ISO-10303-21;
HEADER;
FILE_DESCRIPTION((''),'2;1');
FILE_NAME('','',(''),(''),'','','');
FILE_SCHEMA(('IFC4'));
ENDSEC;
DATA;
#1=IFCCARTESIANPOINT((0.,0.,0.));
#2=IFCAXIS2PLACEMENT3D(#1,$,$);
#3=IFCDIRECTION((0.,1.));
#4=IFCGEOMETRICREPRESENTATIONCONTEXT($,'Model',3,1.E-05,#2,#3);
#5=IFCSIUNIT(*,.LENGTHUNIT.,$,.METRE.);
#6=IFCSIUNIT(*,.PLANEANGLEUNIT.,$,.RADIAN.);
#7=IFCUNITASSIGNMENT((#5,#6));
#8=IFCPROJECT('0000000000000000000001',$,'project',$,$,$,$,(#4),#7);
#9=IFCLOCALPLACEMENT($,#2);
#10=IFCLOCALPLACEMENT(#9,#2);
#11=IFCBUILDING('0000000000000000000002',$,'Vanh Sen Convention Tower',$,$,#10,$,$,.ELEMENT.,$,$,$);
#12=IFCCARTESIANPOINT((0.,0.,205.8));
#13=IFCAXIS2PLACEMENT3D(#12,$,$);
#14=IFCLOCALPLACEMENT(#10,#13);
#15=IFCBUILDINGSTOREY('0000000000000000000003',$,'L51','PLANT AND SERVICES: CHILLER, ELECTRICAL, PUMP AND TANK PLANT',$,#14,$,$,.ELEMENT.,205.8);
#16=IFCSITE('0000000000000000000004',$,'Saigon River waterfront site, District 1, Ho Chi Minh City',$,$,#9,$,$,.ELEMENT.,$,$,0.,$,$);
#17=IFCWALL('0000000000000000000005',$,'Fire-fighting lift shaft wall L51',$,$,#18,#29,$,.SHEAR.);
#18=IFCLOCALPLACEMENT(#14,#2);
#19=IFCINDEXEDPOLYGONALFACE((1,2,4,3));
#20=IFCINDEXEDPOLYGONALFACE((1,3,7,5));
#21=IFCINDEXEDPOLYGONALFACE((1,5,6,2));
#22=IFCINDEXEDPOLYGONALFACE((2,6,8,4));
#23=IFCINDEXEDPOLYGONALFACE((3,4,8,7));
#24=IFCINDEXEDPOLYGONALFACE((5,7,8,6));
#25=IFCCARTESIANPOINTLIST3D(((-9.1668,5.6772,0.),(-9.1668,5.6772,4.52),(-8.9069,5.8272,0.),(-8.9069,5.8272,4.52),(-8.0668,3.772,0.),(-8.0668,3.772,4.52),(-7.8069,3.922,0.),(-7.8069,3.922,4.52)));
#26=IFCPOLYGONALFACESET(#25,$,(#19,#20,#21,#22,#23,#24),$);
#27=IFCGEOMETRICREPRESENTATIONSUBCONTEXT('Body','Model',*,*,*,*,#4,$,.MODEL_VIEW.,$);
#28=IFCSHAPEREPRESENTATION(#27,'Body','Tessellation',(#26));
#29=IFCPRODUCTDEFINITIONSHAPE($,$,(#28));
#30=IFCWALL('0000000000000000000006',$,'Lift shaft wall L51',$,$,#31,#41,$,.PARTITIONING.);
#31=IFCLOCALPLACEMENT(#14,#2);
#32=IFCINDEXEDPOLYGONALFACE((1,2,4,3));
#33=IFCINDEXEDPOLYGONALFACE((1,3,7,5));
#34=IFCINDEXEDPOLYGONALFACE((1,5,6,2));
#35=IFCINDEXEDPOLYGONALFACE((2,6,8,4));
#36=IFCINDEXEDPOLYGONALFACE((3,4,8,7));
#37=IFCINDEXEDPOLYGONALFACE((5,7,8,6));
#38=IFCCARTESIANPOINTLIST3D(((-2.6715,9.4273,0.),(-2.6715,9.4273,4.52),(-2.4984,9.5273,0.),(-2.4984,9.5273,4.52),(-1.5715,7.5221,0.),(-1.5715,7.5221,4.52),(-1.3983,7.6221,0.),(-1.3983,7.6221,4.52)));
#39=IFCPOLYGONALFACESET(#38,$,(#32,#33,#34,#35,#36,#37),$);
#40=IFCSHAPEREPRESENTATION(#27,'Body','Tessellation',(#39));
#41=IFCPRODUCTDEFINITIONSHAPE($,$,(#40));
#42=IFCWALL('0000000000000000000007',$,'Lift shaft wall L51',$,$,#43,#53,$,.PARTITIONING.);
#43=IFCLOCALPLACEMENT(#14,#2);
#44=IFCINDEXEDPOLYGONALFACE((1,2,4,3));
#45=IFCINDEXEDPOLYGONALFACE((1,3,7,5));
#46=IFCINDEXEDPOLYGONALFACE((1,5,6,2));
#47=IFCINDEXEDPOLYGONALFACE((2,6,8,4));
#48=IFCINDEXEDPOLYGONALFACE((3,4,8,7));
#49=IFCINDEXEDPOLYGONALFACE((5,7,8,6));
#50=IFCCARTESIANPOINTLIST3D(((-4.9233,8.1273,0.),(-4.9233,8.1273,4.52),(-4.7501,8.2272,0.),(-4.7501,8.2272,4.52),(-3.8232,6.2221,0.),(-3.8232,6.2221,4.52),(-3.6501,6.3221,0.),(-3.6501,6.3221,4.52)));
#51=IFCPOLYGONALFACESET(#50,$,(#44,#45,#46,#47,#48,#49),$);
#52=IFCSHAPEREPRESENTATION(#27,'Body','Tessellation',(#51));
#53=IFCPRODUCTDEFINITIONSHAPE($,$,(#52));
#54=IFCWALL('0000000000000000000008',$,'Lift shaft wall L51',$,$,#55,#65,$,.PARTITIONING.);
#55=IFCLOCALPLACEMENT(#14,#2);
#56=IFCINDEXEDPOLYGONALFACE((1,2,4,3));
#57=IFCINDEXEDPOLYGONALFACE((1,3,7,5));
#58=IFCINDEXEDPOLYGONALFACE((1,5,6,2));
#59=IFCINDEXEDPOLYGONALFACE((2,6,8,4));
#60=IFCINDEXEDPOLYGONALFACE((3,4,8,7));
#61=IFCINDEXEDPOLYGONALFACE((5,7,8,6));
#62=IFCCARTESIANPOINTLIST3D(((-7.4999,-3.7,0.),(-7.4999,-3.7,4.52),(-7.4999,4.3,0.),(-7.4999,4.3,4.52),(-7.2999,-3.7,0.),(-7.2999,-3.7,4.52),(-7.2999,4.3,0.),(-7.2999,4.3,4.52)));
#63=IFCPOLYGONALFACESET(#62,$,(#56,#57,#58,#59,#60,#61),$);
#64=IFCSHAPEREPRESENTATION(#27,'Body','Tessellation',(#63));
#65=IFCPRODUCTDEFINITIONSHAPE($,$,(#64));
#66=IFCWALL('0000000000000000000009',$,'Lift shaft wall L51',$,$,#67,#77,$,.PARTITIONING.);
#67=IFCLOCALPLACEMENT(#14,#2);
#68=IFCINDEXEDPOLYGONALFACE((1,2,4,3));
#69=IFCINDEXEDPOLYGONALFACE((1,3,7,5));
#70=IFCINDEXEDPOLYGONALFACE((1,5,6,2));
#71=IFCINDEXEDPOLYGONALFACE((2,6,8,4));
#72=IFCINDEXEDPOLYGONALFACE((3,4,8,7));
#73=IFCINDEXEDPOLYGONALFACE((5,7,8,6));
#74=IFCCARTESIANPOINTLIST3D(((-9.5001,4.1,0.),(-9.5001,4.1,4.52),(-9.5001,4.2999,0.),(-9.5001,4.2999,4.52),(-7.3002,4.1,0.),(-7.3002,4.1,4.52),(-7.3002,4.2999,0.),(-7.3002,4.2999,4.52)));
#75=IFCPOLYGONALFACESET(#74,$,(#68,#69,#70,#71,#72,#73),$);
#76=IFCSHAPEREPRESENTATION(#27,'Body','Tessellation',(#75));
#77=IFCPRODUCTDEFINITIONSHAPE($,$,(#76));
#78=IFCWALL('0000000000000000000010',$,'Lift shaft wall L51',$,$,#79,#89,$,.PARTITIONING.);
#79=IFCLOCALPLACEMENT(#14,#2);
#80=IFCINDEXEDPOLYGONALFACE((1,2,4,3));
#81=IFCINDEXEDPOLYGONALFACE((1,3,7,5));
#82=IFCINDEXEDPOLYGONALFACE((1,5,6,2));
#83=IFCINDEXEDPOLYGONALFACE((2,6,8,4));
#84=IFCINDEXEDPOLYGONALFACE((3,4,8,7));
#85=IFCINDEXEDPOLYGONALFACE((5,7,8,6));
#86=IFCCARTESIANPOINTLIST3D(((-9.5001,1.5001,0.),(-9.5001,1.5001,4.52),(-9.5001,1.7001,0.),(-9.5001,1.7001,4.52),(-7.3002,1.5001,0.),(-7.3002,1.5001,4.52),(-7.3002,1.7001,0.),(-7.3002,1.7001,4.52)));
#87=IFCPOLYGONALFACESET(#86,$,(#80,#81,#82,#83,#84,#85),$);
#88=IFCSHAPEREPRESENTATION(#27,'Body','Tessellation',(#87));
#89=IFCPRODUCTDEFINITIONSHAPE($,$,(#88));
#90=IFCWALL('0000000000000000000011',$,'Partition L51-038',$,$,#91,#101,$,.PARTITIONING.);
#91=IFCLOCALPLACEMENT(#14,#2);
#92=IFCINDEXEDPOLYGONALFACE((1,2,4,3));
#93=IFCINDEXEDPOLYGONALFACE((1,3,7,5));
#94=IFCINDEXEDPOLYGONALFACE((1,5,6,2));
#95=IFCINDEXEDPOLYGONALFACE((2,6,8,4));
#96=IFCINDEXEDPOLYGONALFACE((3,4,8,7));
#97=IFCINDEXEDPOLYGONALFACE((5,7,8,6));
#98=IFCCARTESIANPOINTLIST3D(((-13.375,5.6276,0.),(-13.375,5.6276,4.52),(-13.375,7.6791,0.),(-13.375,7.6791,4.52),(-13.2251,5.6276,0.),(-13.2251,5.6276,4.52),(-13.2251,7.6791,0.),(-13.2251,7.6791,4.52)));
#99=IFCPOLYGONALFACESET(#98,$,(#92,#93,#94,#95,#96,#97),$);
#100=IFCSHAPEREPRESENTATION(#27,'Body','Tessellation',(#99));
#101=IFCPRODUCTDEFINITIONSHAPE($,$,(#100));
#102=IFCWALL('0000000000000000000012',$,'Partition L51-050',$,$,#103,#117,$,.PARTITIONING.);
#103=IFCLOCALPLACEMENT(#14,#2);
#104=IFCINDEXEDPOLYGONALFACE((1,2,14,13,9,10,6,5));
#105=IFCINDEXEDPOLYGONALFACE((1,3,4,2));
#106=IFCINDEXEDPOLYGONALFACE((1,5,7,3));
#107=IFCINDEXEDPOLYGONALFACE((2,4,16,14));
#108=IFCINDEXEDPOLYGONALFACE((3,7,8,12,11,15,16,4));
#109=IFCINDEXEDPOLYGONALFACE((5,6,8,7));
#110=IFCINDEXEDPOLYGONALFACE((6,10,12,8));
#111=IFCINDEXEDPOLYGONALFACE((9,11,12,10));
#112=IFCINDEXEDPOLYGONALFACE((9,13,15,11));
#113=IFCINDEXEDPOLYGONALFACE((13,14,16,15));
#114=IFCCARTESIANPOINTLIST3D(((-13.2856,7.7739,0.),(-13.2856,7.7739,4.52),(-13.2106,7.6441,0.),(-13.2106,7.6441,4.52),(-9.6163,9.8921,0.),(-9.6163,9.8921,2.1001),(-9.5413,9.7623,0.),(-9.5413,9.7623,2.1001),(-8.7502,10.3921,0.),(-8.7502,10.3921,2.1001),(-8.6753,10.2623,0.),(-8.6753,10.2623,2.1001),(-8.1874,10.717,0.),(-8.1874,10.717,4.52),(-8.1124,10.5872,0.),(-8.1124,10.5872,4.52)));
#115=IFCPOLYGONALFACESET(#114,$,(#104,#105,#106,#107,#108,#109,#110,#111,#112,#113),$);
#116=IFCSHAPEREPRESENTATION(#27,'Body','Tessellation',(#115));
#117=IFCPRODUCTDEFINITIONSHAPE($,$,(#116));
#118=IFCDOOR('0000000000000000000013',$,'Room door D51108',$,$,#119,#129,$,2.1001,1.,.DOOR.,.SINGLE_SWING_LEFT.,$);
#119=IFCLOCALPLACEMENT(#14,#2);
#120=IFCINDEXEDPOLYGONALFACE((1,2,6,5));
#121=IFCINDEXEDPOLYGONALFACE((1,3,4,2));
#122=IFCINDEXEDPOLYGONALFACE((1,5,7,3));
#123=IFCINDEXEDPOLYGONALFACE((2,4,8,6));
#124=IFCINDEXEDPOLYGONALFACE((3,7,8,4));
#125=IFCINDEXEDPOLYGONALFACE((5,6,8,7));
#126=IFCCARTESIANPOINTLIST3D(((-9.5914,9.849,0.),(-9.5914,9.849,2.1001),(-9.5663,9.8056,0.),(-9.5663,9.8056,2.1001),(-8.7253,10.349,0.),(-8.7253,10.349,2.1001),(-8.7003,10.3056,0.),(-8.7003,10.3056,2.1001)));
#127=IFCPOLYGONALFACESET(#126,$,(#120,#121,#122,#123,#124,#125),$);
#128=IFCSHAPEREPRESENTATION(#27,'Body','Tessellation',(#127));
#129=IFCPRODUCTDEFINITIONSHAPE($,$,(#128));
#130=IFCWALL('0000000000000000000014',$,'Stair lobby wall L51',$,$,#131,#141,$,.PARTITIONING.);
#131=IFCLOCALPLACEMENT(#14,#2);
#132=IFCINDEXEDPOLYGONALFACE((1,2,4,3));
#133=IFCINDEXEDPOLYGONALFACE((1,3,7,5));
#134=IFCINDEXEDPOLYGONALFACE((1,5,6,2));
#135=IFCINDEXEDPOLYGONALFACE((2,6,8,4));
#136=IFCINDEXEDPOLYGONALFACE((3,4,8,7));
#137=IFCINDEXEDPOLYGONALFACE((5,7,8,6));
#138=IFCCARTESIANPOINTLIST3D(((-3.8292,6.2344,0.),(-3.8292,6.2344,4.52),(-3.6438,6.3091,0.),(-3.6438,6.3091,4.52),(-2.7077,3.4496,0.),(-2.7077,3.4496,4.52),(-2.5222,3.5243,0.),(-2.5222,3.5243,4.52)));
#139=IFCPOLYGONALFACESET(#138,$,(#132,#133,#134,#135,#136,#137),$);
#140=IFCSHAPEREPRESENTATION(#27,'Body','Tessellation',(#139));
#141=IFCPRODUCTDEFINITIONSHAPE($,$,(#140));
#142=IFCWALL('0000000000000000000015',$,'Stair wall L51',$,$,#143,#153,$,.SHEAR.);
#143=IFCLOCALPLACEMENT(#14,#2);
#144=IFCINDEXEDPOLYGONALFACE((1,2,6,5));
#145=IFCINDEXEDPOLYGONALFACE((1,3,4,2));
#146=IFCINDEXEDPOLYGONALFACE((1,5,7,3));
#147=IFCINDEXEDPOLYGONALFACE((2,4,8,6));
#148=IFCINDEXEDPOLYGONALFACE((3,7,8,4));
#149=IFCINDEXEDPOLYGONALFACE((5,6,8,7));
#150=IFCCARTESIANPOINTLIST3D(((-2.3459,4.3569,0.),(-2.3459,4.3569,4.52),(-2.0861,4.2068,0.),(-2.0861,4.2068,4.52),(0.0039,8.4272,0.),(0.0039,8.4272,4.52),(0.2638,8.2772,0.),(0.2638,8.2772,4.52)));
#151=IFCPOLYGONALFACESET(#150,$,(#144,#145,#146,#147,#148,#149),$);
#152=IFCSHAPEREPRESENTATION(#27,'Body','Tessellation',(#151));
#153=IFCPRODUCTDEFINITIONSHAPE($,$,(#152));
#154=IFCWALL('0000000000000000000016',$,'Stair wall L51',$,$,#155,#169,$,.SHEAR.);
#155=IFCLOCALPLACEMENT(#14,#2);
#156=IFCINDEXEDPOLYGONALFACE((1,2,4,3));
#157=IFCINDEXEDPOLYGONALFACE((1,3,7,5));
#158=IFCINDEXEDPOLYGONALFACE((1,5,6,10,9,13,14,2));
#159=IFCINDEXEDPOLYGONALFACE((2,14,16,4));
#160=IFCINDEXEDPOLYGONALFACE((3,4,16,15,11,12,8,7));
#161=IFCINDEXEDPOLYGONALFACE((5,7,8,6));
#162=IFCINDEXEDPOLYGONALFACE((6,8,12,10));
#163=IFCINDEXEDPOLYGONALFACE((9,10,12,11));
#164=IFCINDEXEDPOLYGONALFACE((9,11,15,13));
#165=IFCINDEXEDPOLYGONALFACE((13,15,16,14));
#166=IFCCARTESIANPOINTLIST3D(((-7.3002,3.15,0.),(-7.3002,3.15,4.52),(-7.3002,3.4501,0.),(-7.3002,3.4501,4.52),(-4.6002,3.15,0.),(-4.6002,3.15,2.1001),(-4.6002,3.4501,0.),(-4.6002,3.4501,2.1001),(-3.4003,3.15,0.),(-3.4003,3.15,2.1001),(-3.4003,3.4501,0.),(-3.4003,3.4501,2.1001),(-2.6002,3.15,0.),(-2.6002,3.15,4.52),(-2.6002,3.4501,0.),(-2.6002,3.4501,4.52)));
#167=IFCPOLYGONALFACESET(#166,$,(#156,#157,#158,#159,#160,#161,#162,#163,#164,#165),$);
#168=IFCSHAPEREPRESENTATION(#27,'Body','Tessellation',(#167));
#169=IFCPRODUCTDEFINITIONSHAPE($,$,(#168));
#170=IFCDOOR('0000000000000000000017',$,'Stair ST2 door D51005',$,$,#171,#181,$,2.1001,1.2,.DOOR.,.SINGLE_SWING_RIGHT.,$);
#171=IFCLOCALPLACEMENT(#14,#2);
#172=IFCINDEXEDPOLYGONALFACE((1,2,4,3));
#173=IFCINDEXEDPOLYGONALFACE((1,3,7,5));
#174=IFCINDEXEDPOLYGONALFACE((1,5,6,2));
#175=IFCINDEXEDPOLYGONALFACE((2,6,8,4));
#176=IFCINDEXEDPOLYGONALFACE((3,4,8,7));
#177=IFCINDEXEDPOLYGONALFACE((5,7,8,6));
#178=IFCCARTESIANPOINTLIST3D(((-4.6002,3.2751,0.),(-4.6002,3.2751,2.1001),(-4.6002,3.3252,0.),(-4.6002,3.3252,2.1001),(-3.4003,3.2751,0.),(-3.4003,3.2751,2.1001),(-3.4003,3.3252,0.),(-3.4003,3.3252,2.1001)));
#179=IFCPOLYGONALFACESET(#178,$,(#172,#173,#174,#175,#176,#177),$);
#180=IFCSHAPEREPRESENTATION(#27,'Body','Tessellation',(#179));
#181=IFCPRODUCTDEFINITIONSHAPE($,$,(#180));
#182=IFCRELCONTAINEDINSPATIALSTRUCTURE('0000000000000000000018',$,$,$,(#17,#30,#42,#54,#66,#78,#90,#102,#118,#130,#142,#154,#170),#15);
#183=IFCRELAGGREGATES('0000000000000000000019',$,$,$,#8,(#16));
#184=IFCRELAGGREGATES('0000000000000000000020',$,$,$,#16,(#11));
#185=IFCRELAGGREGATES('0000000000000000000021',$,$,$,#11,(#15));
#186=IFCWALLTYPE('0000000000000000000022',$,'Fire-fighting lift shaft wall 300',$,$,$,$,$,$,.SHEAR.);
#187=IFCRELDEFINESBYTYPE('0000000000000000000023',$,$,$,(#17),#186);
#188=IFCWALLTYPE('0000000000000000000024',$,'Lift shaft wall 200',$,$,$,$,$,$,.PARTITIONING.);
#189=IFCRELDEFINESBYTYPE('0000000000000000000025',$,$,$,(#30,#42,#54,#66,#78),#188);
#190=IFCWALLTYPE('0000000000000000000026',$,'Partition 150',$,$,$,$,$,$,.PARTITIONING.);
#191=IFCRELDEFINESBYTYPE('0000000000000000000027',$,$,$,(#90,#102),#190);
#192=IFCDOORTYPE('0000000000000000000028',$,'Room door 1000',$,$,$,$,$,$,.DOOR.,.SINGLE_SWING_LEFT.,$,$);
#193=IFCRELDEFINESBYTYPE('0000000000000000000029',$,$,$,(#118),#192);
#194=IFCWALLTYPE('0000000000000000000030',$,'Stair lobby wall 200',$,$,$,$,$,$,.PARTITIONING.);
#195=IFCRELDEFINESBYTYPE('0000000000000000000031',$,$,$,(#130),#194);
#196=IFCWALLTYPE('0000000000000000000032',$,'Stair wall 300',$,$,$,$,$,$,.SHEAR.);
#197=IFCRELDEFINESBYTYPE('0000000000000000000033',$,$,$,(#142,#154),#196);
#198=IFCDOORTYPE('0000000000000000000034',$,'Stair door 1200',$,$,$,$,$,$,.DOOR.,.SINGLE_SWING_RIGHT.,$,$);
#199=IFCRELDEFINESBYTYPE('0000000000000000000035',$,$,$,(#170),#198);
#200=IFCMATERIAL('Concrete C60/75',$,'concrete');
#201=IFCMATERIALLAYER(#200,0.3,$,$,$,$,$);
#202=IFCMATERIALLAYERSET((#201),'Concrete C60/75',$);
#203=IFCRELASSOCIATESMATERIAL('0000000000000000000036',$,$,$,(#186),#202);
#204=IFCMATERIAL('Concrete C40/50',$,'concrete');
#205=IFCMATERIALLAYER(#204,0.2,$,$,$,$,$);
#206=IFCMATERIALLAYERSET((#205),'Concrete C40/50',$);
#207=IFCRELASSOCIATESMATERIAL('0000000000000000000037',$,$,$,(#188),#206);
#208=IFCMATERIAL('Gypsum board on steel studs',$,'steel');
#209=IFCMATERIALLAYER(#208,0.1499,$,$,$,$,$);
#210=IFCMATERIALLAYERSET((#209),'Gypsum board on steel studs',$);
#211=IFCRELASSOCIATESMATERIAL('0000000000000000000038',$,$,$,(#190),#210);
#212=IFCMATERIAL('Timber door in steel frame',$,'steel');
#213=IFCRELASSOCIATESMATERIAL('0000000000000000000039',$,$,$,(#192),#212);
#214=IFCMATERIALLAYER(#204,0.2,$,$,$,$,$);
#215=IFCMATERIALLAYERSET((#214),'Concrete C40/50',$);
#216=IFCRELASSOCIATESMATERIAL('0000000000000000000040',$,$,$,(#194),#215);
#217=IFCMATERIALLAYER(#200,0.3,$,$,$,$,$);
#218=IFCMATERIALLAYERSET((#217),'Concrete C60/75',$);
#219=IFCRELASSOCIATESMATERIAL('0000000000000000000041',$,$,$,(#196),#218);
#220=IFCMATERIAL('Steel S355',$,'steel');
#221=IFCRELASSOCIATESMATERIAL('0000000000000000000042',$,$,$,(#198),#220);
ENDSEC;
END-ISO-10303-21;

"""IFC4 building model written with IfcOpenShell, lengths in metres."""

from ifc_helpers import new_model, si_unit, direction, frame, frame_2d, origin, place, context, subcontext, project, spatial, rectangle, extrude, material, layer, layer_set, type_object, element, fill, save


model = new_model("IFC4")

# Units and contexts
model_context = context("Model", 3, precision=1e-05, world=origin(), true_north=direction((0.0, 1.0)))
body_context = subcontext(model_context, "Body", "Model", "MODEL_VIEW")
ifc_project = project(units=[si_unit("LENGTHUNIT", "METRE"), si_unit("PLANEANGLEUNIT", "RADIAN")], contexts=[model_context])

# Site, building, storey
site_placement = place(None, origin())
site = spatial("IfcSite", under=ifc_project, at=site_placement, Name="Saigon River waterfront site, District 1, Ho Chi Minh City", CompositionType="ELEMENT", RefElevation=0.0)
building_placement = place(site_placement, origin())
building = spatial("IfcBuilding", under=site, at=building_placement, Name="Vanh Sen Convention Tower", CompositionType="ELEMENT")
storey_placement = place(building_placement, frame((0.0, 0.0, 205.8)))
storey = spatial("IfcBuildingStorey", under=building, at=storey_placement, Name="L51", Description="PLANT AND SERVICES: CHILLER, ELECTRICAL, PUMP AND TANK PLANT", CompositionType="ELEMENT", Elevation=205.8)

# Shared definitions
ifc_material_1 = material(Name="Concrete C40/50", Category="concrete")

# Shared definitions
ifc_material_2 = material(Name="Concrete C60/75", Category="concrete")

# Shared definitions
ifc_layer_1 = layer(ifc_material_2, 0.3)
ifc_layer_set_1 = layer_set([ifc_layer_1], Name="Concrete C60/75")
wall_type_1 = type_object("IfcWallType", Name="Fire-fighting lift shaft wall 300", PredefinedType="SHEAR", material=ifc_layer_set_1)

# Walls
wall_1_placement = place(storey_placement, frame((-7.9368, 3.8469, 0.0), z_axis=(0.0, 0.0, 1.0), x_axis=(-0.50003, 0.866008, 0.0)))
element("IfcWall", 1, at=wall_1_placement, inside=storey, type_object=wall_type_1, Name="Fire-fighting lift shaft wall L51", PredefinedType="SHEAR", context=body_context, shape_type="SweptSolid", body=[
    extrude(rectangle(XDim=2.2, YDim=0.3, at=frame_2d((1.1001, 0.0))), origin(), (0.0, 0.0, 1.0), 4.52),
])
ifc_layer_2 = layer(ifc_material_1, 0.2)
ifc_layer_set_2 = layer_set([ifc_layer_2], Name="Concrete C40/50")
wall_type_2 = type_object("IfcWallType", Name="Lift shaft wall 200", PredefinedType="PARTITIONING", material=ifc_layer_set_2)
for number, where, z_axis, x_axis, name in (
    (2, (-1.4849, 7.572, 0.0), (0.0, 0.0, 1.0), (-0.50003, 0.866008, 0.0), "Lift shaft wall L51"),
    (3, (-3.7366, 6.272, 0.0), (0.0, 0.0, 1.0), (-0.50003, 0.866008, 0.0), "Lift shaft wall L51"),
):
    element("IfcWall", number, at=place(storey_placement, frame(where, z_axis=z_axis, x_axis=x_axis)), inside=storey, type_object=wall_type_2, Name=name, PredefinedType="PARTITIONING", context=body_context, shape_type="SweptSolid", body=[
        extrude(rectangle(XDim=2.2, YDim=0.2, at=frame_2d((1.1001, 0.0))), origin(), (0.0, 0.0, 1.0), 4.52),
    ])
wall_2_placement = place(storey_placement, frame((-7.3999, 4.3, 0.0), z_axis=(0.0, 0.0, 1.0), x_axis=(0.0, -1.0, 0.0)))
element("IfcWall", 4, at=wall_2_placement, inside=storey, type_object=wall_type_2, Name="Lift shaft wall L51", PredefinedType="PARTITIONING", context=body_context, shape_type="SweptSolid", body=[
    extrude(rectangle(XDim=8.0, YDim=0.2, at=frame_2d((4.0, 0.0))), origin(), (0.0, 0.0, 1.0), 4.52),
])
for number, where, z_axis, x_axis, name in (
    (5, (-7.3, 4.2, 0.0), (0.0, 0.0, 1.0), (-1.0, 0.0, 0.0), "Lift shaft wall L51"),
    (6, (-7.3, 1.6001, 0.0), (0.0, 0.0, 1.0), (-1.0, 0.0, 0.0), "Lift shaft wall L51"),
):
    element("IfcWall", number, at=place(storey_placement, frame(where, z_axis=z_axis, x_axis=x_axis)), inside=storey, type_object=wall_type_2, Name=name, PredefinedType="PARTITIONING", context=body_context, shape_type="SweptSolid", body=[
        extrude(rectangle(XDim=2.2, YDim=0.2, at=frame_2d((1.1001, 0.0))), origin(), (0.0, 0.0, 1.0), 4.52),
    ])
ifc_material_3 = material(Name="Gypsum board on steel studs", Category="steel")
ifc_layer_3 = layer(ifc_material_3, 0.1499)
ifc_layer_set_3 = layer_set([ifc_layer_3], Name="Gypsum board on steel studs")
wall_type_3 = type_object("IfcWallType", Name="Partition 150", PredefinedType="PARTITIONING", material=ifc_layer_set_3)
wall_3_placement = place(storey_placement, frame((-13.3, 5.6274, 0.0), z_axis=(0.0, 0.0, 1.0), x_axis=(0.0, 1.0, 0.0)))
element("IfcWall", 7, at=wall_3_placement, inside=storey, type_object=wall_type_3, Name="Partition L51-038", PredefinedType="PARTITIONING", context=body_context, shape_type="SweptSolid", body=[
    extrude(rectangle(XDim=2.0515, YDim=0.1499, at=frame_2d((1.0259, 0.0))), origin(), (0.0, 0.0, 1.0), 4.52),
])

# Wall, opening, door
wall_4_placement = place(storey_placement, frame((-8.1499, 10.6521, 0.0), z_axis=(0.0, 0.0, 1.0), x_axis=(-0.866047, -0.499962, 0.0)))
wall_4 = element("IfcWall", 8, at=wall_4_placement, inside=storey, type_object=wall_type_3, Name="Partition L51-050", PredefinedType="PARTITIONING", context=body_context, shape_type="SweptSolid", body=[
    extrude(rectangle(XDim=5.8867, YDim=0.1499, at=frame_2d((2.9434, 0.0))), origin(), (0.0, 0.0, 1.0), 4.52),
])
opening_1_placement = place(wall_4_placement, frame((0.6499, 0.0, 0.0)))
opening_1 = element("IfcOpeningElement", 9, at=opening_1_placement, cuts=wall_4, PredefinedType="OPENING", context=body_context, shape_type="SweptSolid", body=[
    extrude(rectangle(XDim=1.0, YDim=2.1001, at=frame_2d((0.5, 1.05))), frame((0.0, 0.085, 0.0), z_axis=(0.0, -1.0, 0.0), x_axis=(1.0, 0.0, 0.0)), (0.0, 0.0, 1.0), 0.1699),
])
ifc_material_4 = material(Name="Timber door in steel frame", Category="steel")
door_type_1 = type_object("IfcDoorType", Name="Room door 1000", OperationType="SINGLE_SWING_LEFT", PredefinedType="DOOR", material=ifc_material_4)
door_1_placement = place(opening_1_placement, origin())
door_1 = element("IfcDoor", 10, at=door_1_placement, inside=storey, type_object=door_type_1, Name="Room door D51108", OperationType="SINGLE_SWING_LEFT", OverallHeight=2.1001, OverallWidth=1.0, PredefinedType="DOOR", context=body_context, shape_type="SweptSolid", body=[
    extrude(rectangle(XDim=1.0, YDim=2.1001, at=frame_2d((0.5, 1.05))), frame((0.0, 0.0249, 0.0), z_axis=(0.0, -1.0, 0.0), x_axis=(1.0, 0.0, 0.0)), (0.0, 0.0, 1.0), 0.05),
])
fill(opening_1, door_1)

# Walls
ifc_layer_4 = layer(ifc_material_1, 0.2)
ifc_layer_set_4 = layer_set([ifc_layer_4], Name="Concrete C40/50")
wall_type_4 = type_object("IfcWallType", Name="Stair lobby wall 200", PredefinedType="PARTITIONING", material=ifc_layer_set_4)
wall_5_placement = place(storey_placement, frame((-2.615, 3.4871, 0.0), z_axis=(0.0, 0.0, 1.0), x_axis=(-0.373577, 0.927599, 0.0)))
element("IfcWall", 11, at=wall_5_placement, inside=storey, type_object=wall_type_4, Name="Stair lobby wall L51", PredefinedType="PARTITIONING", context=body_context, shape_type="SweptSolid", body=[
    extrude(rectangle(XDim=3.0022, YDim=0.2, at=frame_2d((1.501, 0.0))), origin(), (0.0, 0.0, 1.0), 4.52),
])
ifc_layer_5 = layer(ifc_material_2, 0.3)
ifc_layer_set_5 = layer_set([ifc_layer_5], Name="Concrete C60/75")
wall_type_5 = type_object("IfcWallType", Name="Stair wall 300", PredefinedType="SHEAR", material=ifc_layer_set_5)
wall_6_placement = place(storey_placement, frame((-2.2161, 4.2817, 0.0), z_axis=(0.0, 0.0, 1.0), x_axis=(0.499977, 0.866039, 0.0)))
element("IfcWall", 12, at=wall_6_placement, inside=storey, type_object=wall_type_5, Name="Stair wall L51", PredefinedType="SHEAR", context=body_context, shape_type="SweptSolid", body=[
    extrude(rectangle(XDim=4.7, YDim=0.3, at=frame_2d((2.3501, 0.0))), origin(), (0.0, 0.0, 1.0), 4.52),
])

# Wall, opening, door
wall_7_placement = place(storey_placement, frame((-2.6001, 3.3, 0.0), z_axis=(0.0, 0.0, 1.0), x_axis=(-1.0, 0.0, 0.0)))
wall_7 = element("IfcWall", 13, at=wall_7_placement, inside=storey, type_object=wall_type_5, Name="Stair wall L51", PredefinedType="SHEAR", context=body_context, shape_type="SweptSolid", body=[
    extrude(rectangle(XDim=4.7, YDim=0.3, at=frame_2d((2.3501, 0.0))), origin(), (0.0, 0.0, 1.0), 4.52),
])
opening_2_placement = place(wall_7_placement, frame((0.8, 0.0, 0.0)))
opening_2 = element("IfcOpeningElement", 14, at=opening_2_placement, cuts=wall_7, PredefinedType="OPENING", context=body_context, shape_type="SweptSolid", body=[
    extrude(rectangle(XDim=1.2, YDim=2.1001, at=frame_2d((0.6001, 1.05))), frame((0.0, 0.1599, 0.0), z_axis=(0.0, -1.0, 0.0), x_axis=(1.0, 0.0, 0.0)), (0.0, 0.0, 1.0), 0.3201),
])
ifc_material_5 = material(Name="Steel S355", Category="steel")
door_type_2 = type_object("IfcDoorType", Name="Stair door 1200", OperationType="SINGLE_SWING_RIGHT", PredefinedType="DOOR", material=ifc_material_5)
door_2_placement = place(opening_2_placement, origin())
door_2 = element("IfcDoor", 15, at=door_2_placement, inside=storey, type_object=door_type_2, Name="Stair ST2 door D51005", OperationType="SINGLE_SWING_RIGHT", OverallHeight=2.1001, OverallWidth=1.2, PredefinedType="DOOR", context=body_context, shape_type="SweptSolid", body=[
    extrude(rectangle(XDim=1.2, YDim=2.1001, at=frame_2d((0.6001, 1.05))), frame((0.0, 0.0249, 0.0), z_axis=(0.0, -1.0, 0.0), x_axis=(1.0, 0.0, 0.0)), (0.0, 0.0, 1.0), 0.05),
])
fill(opening_2, door_2)

save(model, "model.ifc")
